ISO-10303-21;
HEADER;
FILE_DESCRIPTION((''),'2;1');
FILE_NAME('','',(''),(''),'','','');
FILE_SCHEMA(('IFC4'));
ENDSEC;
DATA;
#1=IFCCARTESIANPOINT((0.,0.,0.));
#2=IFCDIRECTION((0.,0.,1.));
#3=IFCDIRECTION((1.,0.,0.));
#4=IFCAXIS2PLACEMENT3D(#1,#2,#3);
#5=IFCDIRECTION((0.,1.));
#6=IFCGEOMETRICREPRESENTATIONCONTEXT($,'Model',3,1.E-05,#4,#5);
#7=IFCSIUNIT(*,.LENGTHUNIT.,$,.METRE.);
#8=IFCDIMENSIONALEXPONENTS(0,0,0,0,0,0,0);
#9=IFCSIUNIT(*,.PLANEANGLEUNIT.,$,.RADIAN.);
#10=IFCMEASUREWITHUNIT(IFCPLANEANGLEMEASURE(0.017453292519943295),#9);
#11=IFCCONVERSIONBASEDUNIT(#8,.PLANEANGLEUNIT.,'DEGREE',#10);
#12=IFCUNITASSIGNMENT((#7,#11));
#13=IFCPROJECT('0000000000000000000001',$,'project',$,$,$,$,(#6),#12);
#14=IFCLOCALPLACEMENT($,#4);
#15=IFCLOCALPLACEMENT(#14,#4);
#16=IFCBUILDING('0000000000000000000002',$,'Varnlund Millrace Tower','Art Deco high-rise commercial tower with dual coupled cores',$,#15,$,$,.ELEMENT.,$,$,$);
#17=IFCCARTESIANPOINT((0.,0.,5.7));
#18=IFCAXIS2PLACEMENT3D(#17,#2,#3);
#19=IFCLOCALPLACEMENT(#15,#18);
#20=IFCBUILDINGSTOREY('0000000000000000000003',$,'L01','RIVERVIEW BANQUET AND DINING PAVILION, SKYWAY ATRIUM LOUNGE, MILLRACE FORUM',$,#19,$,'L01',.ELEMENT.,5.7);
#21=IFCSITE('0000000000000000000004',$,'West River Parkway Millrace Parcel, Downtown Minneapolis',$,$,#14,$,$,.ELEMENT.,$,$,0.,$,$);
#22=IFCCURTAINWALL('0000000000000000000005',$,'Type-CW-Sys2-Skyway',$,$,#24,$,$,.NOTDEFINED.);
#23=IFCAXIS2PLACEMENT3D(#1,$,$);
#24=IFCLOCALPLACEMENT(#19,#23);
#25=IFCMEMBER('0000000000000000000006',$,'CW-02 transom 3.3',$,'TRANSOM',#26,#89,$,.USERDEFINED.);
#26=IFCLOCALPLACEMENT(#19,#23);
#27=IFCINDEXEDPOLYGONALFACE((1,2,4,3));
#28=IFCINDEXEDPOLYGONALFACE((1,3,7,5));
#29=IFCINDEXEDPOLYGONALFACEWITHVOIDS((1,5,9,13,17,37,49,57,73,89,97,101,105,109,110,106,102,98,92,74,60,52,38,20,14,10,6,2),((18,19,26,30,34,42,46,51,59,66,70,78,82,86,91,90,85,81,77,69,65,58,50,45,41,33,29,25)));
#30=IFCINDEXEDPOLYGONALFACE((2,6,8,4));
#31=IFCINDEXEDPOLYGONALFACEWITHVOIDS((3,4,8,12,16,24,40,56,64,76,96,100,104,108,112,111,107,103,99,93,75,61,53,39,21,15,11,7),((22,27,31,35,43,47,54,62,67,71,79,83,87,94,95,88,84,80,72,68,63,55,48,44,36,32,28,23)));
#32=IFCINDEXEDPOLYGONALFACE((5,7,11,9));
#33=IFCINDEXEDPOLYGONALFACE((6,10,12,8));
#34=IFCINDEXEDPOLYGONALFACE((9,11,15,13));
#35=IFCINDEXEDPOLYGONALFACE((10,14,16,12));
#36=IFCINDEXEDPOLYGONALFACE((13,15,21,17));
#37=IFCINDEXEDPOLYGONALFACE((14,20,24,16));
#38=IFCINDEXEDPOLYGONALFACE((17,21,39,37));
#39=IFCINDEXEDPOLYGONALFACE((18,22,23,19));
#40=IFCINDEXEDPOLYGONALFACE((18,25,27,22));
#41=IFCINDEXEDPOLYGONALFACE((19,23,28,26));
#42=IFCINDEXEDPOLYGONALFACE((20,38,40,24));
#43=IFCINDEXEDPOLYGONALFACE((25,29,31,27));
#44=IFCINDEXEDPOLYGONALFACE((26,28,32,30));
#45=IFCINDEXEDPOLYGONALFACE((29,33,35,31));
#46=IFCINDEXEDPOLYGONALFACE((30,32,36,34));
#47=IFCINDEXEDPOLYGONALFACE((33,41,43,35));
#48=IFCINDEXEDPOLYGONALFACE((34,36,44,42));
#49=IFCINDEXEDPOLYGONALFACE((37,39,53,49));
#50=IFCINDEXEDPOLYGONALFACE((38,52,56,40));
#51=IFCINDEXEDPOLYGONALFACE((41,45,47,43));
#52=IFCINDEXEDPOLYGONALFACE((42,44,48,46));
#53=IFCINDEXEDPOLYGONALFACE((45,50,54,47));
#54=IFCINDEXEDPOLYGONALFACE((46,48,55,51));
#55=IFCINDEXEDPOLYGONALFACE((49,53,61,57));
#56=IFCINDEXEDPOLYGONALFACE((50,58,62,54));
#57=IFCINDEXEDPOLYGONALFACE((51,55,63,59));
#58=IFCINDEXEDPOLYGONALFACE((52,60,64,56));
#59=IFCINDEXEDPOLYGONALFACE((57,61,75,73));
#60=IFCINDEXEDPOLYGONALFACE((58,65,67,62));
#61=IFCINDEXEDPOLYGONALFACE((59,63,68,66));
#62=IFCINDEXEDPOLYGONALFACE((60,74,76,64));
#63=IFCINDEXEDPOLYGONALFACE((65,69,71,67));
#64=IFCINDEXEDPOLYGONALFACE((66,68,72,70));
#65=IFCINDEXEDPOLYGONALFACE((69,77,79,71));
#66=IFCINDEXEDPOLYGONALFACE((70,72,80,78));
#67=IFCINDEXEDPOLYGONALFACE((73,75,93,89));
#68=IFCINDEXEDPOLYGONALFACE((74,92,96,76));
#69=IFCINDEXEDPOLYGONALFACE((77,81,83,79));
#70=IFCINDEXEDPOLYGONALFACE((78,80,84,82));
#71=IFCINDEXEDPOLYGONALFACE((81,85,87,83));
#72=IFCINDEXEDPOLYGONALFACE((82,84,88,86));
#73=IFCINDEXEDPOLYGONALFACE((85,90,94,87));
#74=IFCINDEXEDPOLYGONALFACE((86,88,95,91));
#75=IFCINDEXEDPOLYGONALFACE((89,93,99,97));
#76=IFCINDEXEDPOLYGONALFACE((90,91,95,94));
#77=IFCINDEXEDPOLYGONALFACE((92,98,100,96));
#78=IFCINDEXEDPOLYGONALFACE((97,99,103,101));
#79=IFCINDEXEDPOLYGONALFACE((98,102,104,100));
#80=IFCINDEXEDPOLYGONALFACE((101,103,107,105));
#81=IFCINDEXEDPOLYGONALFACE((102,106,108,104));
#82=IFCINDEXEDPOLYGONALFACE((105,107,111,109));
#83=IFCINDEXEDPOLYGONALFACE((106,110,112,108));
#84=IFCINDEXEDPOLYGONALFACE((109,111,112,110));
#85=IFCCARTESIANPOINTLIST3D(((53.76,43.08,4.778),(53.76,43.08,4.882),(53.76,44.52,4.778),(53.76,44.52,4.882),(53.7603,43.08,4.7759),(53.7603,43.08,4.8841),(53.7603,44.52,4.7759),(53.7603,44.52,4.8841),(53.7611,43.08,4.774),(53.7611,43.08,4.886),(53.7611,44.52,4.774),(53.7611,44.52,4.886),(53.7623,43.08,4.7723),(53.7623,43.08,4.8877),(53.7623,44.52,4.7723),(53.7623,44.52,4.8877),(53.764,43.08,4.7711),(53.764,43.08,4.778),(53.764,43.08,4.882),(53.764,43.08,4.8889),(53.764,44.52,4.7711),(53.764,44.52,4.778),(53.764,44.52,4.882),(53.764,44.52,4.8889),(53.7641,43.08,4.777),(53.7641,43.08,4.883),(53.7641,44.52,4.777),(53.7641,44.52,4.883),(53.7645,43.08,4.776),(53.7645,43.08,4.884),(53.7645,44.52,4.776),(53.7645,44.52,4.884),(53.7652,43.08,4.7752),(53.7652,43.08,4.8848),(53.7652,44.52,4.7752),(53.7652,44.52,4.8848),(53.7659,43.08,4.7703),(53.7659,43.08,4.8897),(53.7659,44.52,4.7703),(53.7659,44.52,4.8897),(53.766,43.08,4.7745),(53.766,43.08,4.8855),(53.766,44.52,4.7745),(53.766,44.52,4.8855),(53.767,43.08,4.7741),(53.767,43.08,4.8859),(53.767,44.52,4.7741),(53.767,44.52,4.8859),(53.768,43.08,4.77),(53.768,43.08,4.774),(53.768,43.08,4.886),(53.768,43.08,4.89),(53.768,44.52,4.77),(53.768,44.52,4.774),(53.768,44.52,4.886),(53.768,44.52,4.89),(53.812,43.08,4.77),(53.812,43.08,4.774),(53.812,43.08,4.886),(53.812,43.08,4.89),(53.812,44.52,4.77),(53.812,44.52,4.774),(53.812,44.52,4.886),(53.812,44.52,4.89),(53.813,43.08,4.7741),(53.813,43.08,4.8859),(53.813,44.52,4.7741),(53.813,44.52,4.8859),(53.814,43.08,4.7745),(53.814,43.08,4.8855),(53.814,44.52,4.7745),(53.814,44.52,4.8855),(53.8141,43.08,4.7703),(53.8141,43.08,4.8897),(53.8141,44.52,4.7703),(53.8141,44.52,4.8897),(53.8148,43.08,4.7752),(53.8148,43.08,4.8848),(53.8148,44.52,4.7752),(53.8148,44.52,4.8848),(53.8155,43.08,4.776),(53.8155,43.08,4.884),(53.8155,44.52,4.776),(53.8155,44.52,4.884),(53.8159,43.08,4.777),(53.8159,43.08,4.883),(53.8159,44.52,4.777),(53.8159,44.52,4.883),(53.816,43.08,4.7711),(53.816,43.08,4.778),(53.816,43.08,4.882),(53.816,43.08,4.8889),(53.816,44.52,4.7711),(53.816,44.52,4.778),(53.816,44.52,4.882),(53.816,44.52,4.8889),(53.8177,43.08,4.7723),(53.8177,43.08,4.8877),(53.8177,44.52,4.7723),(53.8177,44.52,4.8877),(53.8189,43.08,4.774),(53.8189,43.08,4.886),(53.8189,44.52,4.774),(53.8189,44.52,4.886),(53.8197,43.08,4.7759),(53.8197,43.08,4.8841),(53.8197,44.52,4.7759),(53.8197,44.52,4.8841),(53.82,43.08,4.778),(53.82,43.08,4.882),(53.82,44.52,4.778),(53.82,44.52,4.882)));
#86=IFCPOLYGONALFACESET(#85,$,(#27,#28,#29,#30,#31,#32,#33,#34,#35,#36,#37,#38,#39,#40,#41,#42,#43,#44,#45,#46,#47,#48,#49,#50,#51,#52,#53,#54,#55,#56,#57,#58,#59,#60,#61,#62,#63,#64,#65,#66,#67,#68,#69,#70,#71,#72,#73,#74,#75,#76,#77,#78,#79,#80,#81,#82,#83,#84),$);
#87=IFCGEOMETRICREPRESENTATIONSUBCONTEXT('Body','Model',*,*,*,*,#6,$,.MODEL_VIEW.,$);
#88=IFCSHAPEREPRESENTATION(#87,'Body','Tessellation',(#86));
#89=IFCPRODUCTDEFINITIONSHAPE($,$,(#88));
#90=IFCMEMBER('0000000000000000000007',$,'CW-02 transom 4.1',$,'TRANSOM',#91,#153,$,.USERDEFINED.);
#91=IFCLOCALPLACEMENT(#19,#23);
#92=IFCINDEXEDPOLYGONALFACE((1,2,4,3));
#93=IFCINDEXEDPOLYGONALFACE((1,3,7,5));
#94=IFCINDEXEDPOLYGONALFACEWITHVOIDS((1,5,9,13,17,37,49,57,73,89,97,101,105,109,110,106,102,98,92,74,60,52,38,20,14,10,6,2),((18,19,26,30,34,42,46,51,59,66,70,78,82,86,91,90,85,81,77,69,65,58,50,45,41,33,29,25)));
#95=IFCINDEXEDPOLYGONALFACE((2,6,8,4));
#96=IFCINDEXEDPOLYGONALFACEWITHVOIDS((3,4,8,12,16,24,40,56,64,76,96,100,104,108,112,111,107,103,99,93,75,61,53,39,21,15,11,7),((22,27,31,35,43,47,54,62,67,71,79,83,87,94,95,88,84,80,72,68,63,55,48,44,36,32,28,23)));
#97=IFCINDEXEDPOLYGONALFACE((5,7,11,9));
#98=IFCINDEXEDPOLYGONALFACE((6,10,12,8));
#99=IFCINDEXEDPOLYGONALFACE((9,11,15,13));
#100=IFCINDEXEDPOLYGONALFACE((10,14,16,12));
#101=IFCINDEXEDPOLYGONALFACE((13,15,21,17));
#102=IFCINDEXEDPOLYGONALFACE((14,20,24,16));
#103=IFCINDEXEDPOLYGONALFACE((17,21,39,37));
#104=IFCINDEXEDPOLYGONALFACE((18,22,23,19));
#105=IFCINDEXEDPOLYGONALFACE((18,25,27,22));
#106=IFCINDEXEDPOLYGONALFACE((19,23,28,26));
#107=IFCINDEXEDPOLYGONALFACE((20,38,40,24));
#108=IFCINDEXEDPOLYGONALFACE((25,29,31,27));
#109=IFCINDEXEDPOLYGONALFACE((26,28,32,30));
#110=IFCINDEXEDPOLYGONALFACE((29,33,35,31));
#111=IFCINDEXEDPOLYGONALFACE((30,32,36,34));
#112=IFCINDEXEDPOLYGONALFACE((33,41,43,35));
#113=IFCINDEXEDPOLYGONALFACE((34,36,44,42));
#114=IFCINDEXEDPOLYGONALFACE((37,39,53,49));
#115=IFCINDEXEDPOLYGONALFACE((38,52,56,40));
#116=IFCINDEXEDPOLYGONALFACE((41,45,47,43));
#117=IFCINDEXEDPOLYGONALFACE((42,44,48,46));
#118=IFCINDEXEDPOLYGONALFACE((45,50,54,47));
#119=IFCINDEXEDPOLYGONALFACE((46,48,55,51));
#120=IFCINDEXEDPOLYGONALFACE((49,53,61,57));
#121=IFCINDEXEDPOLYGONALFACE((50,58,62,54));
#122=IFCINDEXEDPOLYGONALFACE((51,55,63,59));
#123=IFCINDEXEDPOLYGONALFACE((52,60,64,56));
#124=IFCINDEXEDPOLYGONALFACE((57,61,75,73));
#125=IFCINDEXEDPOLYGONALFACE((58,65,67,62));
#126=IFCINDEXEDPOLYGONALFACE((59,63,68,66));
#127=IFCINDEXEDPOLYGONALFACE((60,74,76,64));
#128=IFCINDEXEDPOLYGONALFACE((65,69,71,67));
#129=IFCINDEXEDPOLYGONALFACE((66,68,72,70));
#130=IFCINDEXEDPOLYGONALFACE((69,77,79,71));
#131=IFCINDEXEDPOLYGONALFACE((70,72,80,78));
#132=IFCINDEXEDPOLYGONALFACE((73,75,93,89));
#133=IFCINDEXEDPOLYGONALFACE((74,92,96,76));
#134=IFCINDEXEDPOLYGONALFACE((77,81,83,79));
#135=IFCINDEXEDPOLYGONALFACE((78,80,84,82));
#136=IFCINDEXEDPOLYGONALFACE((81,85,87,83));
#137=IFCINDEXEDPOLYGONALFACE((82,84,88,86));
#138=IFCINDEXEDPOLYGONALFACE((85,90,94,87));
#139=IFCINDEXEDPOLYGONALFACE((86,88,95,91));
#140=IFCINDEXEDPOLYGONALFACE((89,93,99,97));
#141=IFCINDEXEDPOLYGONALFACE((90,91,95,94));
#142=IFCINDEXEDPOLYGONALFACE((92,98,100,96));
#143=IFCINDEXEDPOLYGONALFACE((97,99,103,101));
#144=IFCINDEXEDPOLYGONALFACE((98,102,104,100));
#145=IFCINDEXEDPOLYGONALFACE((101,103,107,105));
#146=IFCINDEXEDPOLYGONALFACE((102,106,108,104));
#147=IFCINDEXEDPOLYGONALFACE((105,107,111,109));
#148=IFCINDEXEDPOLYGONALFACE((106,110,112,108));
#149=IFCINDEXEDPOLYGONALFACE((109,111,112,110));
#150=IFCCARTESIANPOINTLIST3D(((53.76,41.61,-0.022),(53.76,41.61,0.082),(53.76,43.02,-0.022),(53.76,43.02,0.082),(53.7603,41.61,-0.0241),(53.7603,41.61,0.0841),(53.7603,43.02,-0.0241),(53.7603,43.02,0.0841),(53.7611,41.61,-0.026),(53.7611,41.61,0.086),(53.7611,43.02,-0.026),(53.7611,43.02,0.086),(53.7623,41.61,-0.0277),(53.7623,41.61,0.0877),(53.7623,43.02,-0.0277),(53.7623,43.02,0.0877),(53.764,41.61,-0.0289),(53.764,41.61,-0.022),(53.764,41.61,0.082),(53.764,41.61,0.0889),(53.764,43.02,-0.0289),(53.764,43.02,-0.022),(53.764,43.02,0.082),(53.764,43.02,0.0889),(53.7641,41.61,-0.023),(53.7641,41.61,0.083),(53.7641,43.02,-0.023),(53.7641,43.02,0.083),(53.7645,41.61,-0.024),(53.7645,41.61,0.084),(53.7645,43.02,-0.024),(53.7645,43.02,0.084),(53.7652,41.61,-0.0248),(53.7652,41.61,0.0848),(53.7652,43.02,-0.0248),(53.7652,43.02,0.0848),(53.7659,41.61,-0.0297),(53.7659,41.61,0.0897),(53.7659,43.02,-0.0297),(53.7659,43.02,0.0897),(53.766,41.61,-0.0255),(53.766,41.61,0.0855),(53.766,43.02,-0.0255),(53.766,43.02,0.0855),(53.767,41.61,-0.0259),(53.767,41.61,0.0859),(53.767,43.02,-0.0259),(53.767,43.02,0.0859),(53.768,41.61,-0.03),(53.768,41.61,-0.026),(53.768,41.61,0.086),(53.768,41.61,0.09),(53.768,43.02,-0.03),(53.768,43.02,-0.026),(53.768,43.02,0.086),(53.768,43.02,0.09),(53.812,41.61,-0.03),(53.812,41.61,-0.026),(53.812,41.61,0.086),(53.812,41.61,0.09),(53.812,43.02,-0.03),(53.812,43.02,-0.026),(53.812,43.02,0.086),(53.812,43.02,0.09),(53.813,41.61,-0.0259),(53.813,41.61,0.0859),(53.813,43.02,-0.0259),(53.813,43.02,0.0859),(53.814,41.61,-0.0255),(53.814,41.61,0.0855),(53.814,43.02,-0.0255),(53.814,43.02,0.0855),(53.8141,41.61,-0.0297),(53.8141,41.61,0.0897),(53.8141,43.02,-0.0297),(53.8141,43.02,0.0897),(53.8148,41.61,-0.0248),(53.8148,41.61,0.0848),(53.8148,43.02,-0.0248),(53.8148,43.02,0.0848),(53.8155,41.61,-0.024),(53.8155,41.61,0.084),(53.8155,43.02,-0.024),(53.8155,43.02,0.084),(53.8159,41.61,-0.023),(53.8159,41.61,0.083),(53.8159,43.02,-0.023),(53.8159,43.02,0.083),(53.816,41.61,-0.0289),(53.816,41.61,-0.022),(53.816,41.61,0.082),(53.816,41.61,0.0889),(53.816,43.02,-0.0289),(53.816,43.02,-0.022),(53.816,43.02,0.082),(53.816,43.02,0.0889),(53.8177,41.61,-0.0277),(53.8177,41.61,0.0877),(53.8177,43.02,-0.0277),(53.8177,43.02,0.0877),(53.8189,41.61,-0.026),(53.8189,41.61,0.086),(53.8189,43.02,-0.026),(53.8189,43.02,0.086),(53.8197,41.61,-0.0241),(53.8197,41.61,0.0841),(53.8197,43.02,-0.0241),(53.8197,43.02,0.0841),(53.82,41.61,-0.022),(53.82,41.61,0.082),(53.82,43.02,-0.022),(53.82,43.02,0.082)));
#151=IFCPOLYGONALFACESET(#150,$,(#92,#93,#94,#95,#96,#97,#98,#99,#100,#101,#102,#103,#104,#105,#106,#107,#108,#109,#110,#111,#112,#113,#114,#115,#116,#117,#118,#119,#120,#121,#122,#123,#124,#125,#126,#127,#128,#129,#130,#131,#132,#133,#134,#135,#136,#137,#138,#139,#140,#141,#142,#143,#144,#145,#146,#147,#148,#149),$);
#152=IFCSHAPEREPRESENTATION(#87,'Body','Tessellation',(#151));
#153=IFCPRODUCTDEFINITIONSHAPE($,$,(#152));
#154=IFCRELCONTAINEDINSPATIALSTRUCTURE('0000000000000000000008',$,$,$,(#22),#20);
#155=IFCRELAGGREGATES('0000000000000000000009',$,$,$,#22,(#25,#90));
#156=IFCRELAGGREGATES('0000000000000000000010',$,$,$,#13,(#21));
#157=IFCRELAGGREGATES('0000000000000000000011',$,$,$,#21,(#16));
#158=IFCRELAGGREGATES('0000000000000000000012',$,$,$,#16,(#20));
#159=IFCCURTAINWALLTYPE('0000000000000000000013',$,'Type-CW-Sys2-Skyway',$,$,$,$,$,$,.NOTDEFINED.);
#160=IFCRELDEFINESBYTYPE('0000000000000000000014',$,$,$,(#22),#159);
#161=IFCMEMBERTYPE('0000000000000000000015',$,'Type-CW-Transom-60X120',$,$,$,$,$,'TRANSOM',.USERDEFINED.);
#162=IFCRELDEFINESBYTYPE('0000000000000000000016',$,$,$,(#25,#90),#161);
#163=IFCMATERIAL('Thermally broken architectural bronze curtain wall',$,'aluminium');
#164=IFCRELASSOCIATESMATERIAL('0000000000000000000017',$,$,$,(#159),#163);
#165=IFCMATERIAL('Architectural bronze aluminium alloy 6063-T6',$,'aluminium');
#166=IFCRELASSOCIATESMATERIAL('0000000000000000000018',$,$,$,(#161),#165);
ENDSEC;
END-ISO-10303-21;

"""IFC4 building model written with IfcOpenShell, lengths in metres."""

from ifc_helpers import new_model, entity, si_unit, converted_unit, direction, frame, origin_with_axes, origin_2d_with_axis, place, context, subcontext, project, spatial, hollow_rectangle, extrude, material, material_profile, profile_set, type_object, element, aggregate, save


model = new_model("IFC4")

# Units and contexts
model_context = context("Model", 3, precision=1e-05, world=origin_with_axes(), true_north=direction((0.0, 1.0)))
body_context = subcontext(model_context, "Body", "Model", "MODEL_VIEW")
ifc_project = project(units=[si_unit("LENGTHUNIT", "METRE"), converted_unit("PLANEANGLEUNIT", "DEGREE", entity("IfcPlaneAngleMeasure", 0.017453292519943295), si_unit("PLANEANGLEUNIT", "RADIAN"), dimensions=[0, 0, 0, 0, 0, 0, 0])], contexts=[model_context])

# Site, building, storey
site_placement = place(None, origin_with_axes())
site = spatial("IfcSite", under=ifc_project, at=site_placement, Name="West River Parkway Millrace Parcel, Downtown Minneapolis", CompositionType="ELEMENT", RefElevation=0.0)
building_placement = place(site_placement, origin_with_axes())
building = spatial("IfcBuilding", under=site, at=building_placement, Name="Varnlund Millrace Tower", Description="Art Deco high-rise commercial tower with dual coupled cores", CompositionType="ELEMENT")
storey_placement = place(building_placement, frame((0.0, 0.0, 5.7), z_axis=(0.0, 0.0, 1.0), x_axis=(1.0, 0.0, 0.0)))
storey = spatial("IfcBuildingStorey", under=building, at=storey_placement, Name="L01", Description="RIVERVIEW BANQUET AND DINING PAVILION, SKYWAY ATRIUM LOUNGE, MILLRACE FORUM", LongName="L01", CompositionType="ELEMENT", Elevation=5.7)

# Curtain wall
ifc_material_1 = material(Name="Thermally broken architectural bronze curtain wall", Category="aluminium")
curtain_wall_type = type_object("IfcCurtainWallType", Name="Type-CW-Sys2-Skyway", PredefinedType="NOTDEFINED", material=ifc_material_1)
curtain_wall_1_placement = place(storey_placement, frame((53.79, 47.55, 0.0), z_axis=(0.0, 0.0, 1.0), x_axis=(1.0, 0.0, 0.0)))
curtain_wall_1 = element("IfcCurtainWall", 1, at=curtain_wall_1_placement, inside=storey, type_object=curtain_wall_type, Name="Type-CW-Sys2-Skyway", PredefinedType="NOTDEFINED")
ifc_material_2 = material(Name="Architectural bronze aluminium alloy 6063-T6", Category="aluminium")

# Members
ifc_material_profile_1 = material_profile(ifc_material_2, hollow_rectangle(XDim=0.06, YDim=0.12, WallThickness=0.004, InnerFilletRadius=0.004, OuterFilletRadius=0.008, at=origin_2d_with_axis()), Name="Architectural bronze aluminium alloy 6063-T6")
ifc_profile_set_1 = profile_set([ifc_material_profile_1], Name="Architectural bronze aluminium alloy 6063-T6")
member_type_1 = type_object("IfcMemberType", Name="Type-CW-Transom-60X120", ElementType="TRANSOM", PredefinedType="USERDEFINED", material=ifc_profile_set_1)
member_1_placement = place(storey_placement, frame((53.79, 44.52, 4.83), z_axis=(0.0, -1.0, 0.0), x_axis=(1.0, 0.0, 0.0)))
member_1 = element("IfcMember", 2, at=member_1_placement, type_object=member_type_1, Name="CW-02 transom 3.3", ObjectType="TRANSOM", PredefinedType="USERDEFINED", context=body_context, shape_type="SweptSolid", body=[
    extrude(hollow_rectangle(XDim=0.06, YDim=0.12, WallThickness=0.004, InnerFilletRadius=0.004, OuterFilletRadius=0.008, at=origin_2d_with_axis()), origin_with_axes(), (0.0, 0.0, 1.0), 1.44),
])
member_2_placement = place(storey_placement, frame((53.79, 43.02, 0.03), z_axis=(0.0, -1.0, 0.0), x_axis=(1.0, 0.0, 0.0)))
member_2 = element("IfcMember", 3, at=member_2_placement, type_object=member_type_1, Name="CW-02 transom 4.1", ObjectType="TRANSOM", PredefinedType="USERDEFINED", context=body_context, shape_type="SweptSolid", body=[
    extrude(hollow_rectangle(XDim=0.06, YDim=0.12, WallThickness=0.004, InnerFilletRadius=0.004, OuterFilletRadius=0.008, at=origin_2d_with_axis()), origin_with_axes(), (0.0, 0.0, 1.0), 1.41),
])

aggregate(curtain_wall_1, [member_1, member_2])

save(model, "model.ifc")
